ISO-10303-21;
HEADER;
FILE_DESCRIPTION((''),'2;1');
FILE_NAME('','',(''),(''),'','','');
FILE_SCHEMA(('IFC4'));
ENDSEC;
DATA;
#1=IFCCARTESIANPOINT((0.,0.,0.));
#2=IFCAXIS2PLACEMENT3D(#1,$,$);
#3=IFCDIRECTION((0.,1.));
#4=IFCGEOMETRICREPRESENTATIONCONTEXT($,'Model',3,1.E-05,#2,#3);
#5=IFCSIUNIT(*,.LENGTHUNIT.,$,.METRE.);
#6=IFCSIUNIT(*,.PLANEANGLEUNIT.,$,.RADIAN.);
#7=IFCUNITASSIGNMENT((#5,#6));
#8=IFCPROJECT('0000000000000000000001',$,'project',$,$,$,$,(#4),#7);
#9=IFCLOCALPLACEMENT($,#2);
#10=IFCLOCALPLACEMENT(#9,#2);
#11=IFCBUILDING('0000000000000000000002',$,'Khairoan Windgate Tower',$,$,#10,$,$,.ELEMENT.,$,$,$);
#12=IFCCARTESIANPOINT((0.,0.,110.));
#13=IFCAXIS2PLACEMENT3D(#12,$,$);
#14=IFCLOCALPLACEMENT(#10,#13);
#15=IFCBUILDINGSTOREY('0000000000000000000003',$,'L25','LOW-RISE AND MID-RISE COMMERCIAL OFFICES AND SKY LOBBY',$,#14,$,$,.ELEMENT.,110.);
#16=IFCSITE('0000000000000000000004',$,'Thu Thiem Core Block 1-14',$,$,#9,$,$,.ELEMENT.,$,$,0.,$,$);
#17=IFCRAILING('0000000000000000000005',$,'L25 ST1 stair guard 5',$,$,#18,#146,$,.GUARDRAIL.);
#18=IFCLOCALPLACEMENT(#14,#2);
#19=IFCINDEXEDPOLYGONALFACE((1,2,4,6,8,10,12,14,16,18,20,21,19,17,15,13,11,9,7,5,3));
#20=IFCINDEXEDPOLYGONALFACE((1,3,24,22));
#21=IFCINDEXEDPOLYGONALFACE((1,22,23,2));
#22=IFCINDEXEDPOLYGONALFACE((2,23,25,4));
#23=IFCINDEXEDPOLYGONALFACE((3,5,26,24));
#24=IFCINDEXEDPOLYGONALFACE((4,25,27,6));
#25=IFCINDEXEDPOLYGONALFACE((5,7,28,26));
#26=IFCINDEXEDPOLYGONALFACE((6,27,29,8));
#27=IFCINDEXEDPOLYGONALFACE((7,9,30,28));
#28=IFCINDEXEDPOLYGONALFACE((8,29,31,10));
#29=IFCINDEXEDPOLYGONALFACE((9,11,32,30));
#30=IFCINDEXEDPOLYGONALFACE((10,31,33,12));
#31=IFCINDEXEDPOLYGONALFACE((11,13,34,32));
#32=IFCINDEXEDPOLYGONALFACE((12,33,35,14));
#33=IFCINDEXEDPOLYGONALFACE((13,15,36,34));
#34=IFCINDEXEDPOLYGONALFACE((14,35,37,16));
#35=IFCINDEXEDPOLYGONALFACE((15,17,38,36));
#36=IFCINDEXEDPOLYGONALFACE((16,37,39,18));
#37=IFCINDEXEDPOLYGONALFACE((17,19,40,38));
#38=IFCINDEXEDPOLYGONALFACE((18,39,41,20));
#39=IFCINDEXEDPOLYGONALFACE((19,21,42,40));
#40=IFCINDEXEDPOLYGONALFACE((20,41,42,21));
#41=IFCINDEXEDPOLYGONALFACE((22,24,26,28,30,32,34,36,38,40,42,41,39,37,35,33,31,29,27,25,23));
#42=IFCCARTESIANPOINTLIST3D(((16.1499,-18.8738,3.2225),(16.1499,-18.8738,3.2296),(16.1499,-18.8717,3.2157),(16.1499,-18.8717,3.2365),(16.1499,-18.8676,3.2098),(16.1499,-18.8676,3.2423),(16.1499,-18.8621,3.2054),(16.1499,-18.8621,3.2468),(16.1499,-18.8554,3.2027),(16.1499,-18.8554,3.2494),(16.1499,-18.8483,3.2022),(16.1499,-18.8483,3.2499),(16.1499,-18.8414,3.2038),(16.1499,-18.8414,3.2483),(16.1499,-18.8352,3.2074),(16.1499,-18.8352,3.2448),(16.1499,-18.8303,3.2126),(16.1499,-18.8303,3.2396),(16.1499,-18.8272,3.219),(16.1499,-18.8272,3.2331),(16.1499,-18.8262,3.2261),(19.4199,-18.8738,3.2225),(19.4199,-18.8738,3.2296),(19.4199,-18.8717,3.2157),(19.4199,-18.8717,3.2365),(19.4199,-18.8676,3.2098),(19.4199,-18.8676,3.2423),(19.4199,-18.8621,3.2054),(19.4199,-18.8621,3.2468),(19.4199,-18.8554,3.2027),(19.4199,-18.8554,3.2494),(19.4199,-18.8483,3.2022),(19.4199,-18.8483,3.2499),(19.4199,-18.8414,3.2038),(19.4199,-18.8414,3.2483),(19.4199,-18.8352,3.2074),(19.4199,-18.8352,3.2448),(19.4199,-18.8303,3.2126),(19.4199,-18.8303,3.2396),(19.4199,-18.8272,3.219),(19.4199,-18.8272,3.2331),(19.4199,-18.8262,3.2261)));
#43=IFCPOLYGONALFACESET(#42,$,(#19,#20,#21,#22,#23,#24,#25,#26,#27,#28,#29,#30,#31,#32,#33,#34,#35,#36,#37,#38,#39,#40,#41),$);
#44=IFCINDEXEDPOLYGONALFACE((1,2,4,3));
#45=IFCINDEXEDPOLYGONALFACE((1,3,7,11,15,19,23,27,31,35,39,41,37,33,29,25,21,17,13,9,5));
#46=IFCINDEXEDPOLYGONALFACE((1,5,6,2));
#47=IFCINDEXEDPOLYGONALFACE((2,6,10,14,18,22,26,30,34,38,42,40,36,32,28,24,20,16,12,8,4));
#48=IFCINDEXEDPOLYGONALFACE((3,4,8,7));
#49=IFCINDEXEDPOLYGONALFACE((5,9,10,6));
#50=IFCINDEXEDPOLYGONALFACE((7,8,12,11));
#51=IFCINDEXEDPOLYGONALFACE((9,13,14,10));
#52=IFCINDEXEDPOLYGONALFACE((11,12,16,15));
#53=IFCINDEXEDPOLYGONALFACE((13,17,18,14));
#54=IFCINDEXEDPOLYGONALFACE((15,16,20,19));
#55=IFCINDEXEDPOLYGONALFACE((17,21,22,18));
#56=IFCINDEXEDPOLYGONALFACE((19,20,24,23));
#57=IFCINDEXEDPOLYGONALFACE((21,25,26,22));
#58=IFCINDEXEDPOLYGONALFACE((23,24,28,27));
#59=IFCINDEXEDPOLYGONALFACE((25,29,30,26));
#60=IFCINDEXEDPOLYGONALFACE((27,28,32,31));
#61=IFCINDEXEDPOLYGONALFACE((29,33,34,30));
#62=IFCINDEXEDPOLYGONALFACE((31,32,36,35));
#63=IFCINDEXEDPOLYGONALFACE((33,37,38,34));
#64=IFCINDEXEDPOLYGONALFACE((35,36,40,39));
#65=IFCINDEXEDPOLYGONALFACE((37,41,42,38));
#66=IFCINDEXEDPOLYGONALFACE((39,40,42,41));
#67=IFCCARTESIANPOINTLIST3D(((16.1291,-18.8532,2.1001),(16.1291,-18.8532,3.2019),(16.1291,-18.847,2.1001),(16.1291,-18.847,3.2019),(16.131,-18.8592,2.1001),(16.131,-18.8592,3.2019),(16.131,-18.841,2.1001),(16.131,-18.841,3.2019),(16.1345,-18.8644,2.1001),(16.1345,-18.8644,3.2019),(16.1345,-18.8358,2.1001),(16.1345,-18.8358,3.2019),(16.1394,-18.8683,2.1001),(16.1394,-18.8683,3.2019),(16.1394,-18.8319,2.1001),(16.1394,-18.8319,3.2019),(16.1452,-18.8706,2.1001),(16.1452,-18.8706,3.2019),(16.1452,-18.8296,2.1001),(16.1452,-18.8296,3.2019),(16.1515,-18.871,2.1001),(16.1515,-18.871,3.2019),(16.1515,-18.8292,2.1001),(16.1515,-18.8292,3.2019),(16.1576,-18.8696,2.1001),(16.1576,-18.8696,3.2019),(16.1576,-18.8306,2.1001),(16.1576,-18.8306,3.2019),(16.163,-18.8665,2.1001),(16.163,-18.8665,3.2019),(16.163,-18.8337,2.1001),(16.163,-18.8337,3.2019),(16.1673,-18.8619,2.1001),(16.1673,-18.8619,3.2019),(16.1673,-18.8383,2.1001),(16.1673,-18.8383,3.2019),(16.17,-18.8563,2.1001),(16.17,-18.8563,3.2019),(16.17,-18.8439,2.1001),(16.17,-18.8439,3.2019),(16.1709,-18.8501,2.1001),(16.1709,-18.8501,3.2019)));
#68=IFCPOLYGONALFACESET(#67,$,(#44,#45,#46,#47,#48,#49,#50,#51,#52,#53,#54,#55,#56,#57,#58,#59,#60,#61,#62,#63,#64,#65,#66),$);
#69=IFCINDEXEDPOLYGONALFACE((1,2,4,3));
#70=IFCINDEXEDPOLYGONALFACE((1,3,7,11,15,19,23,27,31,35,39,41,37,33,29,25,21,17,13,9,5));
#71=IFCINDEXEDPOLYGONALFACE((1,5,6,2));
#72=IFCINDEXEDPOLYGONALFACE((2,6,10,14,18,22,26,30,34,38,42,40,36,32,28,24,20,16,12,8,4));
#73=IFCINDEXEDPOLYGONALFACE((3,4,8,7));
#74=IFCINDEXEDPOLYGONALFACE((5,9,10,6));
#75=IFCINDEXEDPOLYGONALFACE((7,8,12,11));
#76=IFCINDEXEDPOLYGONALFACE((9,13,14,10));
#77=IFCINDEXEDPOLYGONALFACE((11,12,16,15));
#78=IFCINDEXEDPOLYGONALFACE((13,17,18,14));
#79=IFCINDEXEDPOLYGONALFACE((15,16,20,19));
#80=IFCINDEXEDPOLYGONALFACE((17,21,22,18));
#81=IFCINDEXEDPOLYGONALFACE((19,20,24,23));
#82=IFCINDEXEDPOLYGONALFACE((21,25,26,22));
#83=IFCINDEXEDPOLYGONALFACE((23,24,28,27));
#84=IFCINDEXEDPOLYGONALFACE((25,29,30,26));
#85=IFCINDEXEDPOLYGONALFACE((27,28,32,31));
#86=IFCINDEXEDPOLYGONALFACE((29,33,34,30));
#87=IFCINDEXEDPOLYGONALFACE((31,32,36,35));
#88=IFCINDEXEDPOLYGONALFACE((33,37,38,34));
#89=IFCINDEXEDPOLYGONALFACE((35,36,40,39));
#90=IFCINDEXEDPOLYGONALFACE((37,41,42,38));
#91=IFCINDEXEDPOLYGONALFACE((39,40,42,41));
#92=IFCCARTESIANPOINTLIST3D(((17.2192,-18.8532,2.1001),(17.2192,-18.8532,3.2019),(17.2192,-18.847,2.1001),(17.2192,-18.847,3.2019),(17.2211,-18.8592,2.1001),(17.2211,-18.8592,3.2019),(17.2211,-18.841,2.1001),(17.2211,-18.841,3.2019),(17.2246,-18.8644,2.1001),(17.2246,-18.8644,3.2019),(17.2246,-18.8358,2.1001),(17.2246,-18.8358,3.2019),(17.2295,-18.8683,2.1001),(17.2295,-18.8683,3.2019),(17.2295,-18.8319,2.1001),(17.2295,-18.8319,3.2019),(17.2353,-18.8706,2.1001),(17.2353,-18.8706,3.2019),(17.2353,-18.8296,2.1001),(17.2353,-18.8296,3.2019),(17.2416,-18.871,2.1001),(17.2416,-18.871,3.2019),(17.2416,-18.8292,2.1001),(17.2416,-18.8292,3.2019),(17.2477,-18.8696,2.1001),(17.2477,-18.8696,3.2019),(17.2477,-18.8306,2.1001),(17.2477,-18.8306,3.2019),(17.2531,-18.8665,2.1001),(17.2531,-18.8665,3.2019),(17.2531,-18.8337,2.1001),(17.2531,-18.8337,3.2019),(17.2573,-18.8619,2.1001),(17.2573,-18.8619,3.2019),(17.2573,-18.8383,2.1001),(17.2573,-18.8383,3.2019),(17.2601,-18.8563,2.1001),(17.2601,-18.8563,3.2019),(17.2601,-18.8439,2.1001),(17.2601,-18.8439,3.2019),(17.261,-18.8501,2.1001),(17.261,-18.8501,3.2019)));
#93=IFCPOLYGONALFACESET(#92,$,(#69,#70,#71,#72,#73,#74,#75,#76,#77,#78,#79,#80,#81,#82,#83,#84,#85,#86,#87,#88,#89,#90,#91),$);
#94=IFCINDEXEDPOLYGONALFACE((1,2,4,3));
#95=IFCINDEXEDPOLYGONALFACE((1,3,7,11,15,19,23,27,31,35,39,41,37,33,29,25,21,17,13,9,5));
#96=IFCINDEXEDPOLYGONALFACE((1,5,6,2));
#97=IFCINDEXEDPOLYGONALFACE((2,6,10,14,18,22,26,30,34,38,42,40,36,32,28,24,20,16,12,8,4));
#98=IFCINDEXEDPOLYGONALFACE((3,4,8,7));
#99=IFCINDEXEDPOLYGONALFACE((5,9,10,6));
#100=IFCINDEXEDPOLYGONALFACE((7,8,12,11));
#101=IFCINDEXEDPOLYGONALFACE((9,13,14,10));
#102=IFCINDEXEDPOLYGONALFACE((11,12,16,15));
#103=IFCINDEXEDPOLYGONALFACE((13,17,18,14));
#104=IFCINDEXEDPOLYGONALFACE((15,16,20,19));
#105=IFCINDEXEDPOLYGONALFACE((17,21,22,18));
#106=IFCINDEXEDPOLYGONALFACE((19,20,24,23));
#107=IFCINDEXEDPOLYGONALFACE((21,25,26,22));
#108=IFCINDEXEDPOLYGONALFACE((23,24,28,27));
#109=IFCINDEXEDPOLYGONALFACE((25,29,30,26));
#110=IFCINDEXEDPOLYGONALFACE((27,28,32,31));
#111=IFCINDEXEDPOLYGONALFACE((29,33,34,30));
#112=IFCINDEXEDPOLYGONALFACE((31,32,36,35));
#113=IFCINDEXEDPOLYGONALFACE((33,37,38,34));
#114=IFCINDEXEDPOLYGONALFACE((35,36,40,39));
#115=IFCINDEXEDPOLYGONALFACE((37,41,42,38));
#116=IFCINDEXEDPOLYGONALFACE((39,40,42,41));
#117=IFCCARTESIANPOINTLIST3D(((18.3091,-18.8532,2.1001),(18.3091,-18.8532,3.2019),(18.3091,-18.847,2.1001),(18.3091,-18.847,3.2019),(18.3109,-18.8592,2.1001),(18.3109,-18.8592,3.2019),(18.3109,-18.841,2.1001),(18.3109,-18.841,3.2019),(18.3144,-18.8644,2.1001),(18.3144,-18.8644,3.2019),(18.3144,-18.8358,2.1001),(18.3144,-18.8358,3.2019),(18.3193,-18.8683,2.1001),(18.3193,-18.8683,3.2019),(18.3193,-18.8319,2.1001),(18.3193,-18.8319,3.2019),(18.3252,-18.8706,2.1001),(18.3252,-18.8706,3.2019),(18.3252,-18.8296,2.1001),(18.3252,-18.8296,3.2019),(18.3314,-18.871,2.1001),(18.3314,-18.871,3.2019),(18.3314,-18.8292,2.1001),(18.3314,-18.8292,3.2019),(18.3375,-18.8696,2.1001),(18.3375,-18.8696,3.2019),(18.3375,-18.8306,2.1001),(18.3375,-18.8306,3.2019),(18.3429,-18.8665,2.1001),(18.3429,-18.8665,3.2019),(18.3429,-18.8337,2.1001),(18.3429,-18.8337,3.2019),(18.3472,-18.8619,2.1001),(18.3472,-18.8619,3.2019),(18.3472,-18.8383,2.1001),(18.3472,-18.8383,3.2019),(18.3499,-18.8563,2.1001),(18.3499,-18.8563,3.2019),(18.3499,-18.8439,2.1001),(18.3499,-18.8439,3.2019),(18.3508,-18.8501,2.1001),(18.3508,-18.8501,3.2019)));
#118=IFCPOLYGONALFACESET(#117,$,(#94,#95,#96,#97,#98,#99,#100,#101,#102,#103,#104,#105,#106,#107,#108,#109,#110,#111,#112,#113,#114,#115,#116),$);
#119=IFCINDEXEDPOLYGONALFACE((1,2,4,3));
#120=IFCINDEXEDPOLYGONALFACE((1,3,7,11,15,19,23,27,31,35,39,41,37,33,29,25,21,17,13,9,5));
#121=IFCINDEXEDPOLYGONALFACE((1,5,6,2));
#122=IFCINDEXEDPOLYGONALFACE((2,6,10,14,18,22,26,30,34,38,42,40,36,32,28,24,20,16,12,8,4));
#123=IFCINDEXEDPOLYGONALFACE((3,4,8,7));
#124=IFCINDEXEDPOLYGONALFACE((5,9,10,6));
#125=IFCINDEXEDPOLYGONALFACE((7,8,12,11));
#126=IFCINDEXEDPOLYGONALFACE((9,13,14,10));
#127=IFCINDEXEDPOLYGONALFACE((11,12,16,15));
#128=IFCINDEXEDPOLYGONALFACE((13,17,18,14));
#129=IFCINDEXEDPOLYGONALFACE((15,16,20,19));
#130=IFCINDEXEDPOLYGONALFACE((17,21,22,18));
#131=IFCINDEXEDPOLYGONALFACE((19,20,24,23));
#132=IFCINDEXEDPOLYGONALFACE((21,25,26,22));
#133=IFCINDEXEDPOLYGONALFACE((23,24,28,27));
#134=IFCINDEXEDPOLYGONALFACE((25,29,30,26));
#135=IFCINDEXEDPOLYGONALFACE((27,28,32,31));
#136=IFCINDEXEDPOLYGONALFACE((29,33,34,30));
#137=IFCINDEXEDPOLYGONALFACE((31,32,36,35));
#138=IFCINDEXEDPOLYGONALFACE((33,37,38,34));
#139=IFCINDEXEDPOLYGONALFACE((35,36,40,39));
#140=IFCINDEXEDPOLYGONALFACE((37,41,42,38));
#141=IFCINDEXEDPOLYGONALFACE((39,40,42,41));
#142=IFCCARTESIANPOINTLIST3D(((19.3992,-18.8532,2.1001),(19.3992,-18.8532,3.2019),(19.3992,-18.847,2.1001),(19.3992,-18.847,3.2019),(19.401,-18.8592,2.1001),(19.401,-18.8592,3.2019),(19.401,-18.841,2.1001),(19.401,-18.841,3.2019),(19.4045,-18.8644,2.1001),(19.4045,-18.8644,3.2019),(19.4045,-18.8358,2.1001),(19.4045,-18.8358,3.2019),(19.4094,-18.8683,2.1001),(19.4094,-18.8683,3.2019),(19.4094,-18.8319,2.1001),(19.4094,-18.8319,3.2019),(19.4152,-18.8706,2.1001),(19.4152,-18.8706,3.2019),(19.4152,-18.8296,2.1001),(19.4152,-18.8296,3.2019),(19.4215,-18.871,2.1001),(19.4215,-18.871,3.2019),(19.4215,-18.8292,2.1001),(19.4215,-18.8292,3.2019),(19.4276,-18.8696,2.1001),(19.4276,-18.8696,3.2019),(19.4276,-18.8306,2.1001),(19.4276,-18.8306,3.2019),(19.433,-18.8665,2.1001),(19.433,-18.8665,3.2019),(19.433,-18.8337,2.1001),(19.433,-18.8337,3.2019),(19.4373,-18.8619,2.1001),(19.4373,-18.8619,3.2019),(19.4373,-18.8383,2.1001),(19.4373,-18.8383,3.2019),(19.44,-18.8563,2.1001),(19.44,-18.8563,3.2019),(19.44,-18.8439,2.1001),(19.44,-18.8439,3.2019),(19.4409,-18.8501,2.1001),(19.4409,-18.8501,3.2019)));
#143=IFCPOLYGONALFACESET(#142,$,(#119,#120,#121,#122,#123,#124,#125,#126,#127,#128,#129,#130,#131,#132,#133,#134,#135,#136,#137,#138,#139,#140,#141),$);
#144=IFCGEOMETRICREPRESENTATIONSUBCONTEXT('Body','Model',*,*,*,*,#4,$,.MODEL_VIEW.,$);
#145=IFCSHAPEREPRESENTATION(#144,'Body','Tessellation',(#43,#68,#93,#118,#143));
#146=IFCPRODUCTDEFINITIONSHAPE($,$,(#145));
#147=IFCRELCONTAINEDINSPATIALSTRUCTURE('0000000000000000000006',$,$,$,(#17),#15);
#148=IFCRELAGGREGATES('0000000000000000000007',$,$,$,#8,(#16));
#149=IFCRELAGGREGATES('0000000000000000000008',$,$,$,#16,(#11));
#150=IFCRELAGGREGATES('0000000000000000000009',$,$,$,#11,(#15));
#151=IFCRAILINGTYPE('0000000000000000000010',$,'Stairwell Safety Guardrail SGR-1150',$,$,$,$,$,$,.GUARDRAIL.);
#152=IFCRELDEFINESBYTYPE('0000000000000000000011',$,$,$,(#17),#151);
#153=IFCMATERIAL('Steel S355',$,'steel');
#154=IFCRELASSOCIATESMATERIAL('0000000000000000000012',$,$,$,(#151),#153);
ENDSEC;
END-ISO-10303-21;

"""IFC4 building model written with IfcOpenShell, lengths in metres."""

from ifc_helpers import new_model, si_unit, direction, frame, origin, origin_2d, place, context, subcontext, project, spatial, circle, extrude, material, type_object, element, save


model = new_model("IFC4")

# Units and contexts
model_context = context("Model", 3, precision=1e-05, world=origin(), true_north=direction((0.0, 1.0)))
body_context = subcontext(model_context, "Body", "Model", "MODEL_VIEW")
ifc_project = project(units=[si_unit("LENGTHUNIT", "METRE"), si_unit("PLANEANGLEUNIT", "RADIAN")], contexts=[model_context])

# Site, building, storey
site_placement = place(None, origin())
site = spatial("IfcSite", under=ifc_project, at=site_placement, Name="Thu Thiem Core Block 1-14", CompositionType="ELEMENT", RefElevation=0.0)
building_placement = place(site_placement, origin())
building = spatial("IfcBuilding", under=site, at=building_placement, Name="Khairoan Windgate Tower", CompositionType="ELEMENT")
storey_placement = place(building_placement, frame((0.0, 0.0, 110.0)))
storey = spatial("IfcBuildingStorey", under=building, at=storey_placement, Name="L25", Description="LOW-RISE AND MID-RISE COMMERCIAL OFFICES AND SKY LOBBY", CompositionType="ELEMENT", Elevation=110.0)

# Railing
ifc_material_1 = material(Name="Steel S355", Category="steel")
railing_type = type_object("IfcRailingType", Name="Stairwell Safety Guardrail SGR-1150", PredefinedType="GUARDRAIL", material=ifc_material_1)
railing_1_placement = place(storey_placement, frame((16.1499, -18.8501, 2.1001)))
element("IfcRailing", 1, at=railing_1_placement, inside=storey, type_object=railing_type, Name="L25 ST1 stair guard 5", PredefinedType="GUARDRAIL", context=body_context, shape_type="SweptSolid", body=[
    extrude(circle(Radius=0.0239, at=origin_2d()), frame((0.0, 0.0, 1.126), z_axis=(1.0, 0.0, 0.0), x_axis=(0.0, 1.0, 0.0)), (0.0, 0.0, 1.0), 3.27),
    extrude(circle(Radius=0.021, at=origin_2d()), origin(), (0.0, 0.0, 1.0), 1.1018),
    extrude(circle(Radius=0.021, at=origin_2d()), frame((1.0901, 0.0, 0.0)), (0.0, 0.0, 1.0), 1.1018),
    extrude(circle(Radius=0.021, at=origin_2d()), frame((2.1799, 0.0, 0.0)), (0.0, 0.0, 1.0), 1.1018),
    extrude(circle(Radius=0.021, at=origin_2d()), frame((3.27, 0.0, 0.0)), (0.0, 0.0, 1.0), 1.1018),
])

save(model, "model.ifc")
